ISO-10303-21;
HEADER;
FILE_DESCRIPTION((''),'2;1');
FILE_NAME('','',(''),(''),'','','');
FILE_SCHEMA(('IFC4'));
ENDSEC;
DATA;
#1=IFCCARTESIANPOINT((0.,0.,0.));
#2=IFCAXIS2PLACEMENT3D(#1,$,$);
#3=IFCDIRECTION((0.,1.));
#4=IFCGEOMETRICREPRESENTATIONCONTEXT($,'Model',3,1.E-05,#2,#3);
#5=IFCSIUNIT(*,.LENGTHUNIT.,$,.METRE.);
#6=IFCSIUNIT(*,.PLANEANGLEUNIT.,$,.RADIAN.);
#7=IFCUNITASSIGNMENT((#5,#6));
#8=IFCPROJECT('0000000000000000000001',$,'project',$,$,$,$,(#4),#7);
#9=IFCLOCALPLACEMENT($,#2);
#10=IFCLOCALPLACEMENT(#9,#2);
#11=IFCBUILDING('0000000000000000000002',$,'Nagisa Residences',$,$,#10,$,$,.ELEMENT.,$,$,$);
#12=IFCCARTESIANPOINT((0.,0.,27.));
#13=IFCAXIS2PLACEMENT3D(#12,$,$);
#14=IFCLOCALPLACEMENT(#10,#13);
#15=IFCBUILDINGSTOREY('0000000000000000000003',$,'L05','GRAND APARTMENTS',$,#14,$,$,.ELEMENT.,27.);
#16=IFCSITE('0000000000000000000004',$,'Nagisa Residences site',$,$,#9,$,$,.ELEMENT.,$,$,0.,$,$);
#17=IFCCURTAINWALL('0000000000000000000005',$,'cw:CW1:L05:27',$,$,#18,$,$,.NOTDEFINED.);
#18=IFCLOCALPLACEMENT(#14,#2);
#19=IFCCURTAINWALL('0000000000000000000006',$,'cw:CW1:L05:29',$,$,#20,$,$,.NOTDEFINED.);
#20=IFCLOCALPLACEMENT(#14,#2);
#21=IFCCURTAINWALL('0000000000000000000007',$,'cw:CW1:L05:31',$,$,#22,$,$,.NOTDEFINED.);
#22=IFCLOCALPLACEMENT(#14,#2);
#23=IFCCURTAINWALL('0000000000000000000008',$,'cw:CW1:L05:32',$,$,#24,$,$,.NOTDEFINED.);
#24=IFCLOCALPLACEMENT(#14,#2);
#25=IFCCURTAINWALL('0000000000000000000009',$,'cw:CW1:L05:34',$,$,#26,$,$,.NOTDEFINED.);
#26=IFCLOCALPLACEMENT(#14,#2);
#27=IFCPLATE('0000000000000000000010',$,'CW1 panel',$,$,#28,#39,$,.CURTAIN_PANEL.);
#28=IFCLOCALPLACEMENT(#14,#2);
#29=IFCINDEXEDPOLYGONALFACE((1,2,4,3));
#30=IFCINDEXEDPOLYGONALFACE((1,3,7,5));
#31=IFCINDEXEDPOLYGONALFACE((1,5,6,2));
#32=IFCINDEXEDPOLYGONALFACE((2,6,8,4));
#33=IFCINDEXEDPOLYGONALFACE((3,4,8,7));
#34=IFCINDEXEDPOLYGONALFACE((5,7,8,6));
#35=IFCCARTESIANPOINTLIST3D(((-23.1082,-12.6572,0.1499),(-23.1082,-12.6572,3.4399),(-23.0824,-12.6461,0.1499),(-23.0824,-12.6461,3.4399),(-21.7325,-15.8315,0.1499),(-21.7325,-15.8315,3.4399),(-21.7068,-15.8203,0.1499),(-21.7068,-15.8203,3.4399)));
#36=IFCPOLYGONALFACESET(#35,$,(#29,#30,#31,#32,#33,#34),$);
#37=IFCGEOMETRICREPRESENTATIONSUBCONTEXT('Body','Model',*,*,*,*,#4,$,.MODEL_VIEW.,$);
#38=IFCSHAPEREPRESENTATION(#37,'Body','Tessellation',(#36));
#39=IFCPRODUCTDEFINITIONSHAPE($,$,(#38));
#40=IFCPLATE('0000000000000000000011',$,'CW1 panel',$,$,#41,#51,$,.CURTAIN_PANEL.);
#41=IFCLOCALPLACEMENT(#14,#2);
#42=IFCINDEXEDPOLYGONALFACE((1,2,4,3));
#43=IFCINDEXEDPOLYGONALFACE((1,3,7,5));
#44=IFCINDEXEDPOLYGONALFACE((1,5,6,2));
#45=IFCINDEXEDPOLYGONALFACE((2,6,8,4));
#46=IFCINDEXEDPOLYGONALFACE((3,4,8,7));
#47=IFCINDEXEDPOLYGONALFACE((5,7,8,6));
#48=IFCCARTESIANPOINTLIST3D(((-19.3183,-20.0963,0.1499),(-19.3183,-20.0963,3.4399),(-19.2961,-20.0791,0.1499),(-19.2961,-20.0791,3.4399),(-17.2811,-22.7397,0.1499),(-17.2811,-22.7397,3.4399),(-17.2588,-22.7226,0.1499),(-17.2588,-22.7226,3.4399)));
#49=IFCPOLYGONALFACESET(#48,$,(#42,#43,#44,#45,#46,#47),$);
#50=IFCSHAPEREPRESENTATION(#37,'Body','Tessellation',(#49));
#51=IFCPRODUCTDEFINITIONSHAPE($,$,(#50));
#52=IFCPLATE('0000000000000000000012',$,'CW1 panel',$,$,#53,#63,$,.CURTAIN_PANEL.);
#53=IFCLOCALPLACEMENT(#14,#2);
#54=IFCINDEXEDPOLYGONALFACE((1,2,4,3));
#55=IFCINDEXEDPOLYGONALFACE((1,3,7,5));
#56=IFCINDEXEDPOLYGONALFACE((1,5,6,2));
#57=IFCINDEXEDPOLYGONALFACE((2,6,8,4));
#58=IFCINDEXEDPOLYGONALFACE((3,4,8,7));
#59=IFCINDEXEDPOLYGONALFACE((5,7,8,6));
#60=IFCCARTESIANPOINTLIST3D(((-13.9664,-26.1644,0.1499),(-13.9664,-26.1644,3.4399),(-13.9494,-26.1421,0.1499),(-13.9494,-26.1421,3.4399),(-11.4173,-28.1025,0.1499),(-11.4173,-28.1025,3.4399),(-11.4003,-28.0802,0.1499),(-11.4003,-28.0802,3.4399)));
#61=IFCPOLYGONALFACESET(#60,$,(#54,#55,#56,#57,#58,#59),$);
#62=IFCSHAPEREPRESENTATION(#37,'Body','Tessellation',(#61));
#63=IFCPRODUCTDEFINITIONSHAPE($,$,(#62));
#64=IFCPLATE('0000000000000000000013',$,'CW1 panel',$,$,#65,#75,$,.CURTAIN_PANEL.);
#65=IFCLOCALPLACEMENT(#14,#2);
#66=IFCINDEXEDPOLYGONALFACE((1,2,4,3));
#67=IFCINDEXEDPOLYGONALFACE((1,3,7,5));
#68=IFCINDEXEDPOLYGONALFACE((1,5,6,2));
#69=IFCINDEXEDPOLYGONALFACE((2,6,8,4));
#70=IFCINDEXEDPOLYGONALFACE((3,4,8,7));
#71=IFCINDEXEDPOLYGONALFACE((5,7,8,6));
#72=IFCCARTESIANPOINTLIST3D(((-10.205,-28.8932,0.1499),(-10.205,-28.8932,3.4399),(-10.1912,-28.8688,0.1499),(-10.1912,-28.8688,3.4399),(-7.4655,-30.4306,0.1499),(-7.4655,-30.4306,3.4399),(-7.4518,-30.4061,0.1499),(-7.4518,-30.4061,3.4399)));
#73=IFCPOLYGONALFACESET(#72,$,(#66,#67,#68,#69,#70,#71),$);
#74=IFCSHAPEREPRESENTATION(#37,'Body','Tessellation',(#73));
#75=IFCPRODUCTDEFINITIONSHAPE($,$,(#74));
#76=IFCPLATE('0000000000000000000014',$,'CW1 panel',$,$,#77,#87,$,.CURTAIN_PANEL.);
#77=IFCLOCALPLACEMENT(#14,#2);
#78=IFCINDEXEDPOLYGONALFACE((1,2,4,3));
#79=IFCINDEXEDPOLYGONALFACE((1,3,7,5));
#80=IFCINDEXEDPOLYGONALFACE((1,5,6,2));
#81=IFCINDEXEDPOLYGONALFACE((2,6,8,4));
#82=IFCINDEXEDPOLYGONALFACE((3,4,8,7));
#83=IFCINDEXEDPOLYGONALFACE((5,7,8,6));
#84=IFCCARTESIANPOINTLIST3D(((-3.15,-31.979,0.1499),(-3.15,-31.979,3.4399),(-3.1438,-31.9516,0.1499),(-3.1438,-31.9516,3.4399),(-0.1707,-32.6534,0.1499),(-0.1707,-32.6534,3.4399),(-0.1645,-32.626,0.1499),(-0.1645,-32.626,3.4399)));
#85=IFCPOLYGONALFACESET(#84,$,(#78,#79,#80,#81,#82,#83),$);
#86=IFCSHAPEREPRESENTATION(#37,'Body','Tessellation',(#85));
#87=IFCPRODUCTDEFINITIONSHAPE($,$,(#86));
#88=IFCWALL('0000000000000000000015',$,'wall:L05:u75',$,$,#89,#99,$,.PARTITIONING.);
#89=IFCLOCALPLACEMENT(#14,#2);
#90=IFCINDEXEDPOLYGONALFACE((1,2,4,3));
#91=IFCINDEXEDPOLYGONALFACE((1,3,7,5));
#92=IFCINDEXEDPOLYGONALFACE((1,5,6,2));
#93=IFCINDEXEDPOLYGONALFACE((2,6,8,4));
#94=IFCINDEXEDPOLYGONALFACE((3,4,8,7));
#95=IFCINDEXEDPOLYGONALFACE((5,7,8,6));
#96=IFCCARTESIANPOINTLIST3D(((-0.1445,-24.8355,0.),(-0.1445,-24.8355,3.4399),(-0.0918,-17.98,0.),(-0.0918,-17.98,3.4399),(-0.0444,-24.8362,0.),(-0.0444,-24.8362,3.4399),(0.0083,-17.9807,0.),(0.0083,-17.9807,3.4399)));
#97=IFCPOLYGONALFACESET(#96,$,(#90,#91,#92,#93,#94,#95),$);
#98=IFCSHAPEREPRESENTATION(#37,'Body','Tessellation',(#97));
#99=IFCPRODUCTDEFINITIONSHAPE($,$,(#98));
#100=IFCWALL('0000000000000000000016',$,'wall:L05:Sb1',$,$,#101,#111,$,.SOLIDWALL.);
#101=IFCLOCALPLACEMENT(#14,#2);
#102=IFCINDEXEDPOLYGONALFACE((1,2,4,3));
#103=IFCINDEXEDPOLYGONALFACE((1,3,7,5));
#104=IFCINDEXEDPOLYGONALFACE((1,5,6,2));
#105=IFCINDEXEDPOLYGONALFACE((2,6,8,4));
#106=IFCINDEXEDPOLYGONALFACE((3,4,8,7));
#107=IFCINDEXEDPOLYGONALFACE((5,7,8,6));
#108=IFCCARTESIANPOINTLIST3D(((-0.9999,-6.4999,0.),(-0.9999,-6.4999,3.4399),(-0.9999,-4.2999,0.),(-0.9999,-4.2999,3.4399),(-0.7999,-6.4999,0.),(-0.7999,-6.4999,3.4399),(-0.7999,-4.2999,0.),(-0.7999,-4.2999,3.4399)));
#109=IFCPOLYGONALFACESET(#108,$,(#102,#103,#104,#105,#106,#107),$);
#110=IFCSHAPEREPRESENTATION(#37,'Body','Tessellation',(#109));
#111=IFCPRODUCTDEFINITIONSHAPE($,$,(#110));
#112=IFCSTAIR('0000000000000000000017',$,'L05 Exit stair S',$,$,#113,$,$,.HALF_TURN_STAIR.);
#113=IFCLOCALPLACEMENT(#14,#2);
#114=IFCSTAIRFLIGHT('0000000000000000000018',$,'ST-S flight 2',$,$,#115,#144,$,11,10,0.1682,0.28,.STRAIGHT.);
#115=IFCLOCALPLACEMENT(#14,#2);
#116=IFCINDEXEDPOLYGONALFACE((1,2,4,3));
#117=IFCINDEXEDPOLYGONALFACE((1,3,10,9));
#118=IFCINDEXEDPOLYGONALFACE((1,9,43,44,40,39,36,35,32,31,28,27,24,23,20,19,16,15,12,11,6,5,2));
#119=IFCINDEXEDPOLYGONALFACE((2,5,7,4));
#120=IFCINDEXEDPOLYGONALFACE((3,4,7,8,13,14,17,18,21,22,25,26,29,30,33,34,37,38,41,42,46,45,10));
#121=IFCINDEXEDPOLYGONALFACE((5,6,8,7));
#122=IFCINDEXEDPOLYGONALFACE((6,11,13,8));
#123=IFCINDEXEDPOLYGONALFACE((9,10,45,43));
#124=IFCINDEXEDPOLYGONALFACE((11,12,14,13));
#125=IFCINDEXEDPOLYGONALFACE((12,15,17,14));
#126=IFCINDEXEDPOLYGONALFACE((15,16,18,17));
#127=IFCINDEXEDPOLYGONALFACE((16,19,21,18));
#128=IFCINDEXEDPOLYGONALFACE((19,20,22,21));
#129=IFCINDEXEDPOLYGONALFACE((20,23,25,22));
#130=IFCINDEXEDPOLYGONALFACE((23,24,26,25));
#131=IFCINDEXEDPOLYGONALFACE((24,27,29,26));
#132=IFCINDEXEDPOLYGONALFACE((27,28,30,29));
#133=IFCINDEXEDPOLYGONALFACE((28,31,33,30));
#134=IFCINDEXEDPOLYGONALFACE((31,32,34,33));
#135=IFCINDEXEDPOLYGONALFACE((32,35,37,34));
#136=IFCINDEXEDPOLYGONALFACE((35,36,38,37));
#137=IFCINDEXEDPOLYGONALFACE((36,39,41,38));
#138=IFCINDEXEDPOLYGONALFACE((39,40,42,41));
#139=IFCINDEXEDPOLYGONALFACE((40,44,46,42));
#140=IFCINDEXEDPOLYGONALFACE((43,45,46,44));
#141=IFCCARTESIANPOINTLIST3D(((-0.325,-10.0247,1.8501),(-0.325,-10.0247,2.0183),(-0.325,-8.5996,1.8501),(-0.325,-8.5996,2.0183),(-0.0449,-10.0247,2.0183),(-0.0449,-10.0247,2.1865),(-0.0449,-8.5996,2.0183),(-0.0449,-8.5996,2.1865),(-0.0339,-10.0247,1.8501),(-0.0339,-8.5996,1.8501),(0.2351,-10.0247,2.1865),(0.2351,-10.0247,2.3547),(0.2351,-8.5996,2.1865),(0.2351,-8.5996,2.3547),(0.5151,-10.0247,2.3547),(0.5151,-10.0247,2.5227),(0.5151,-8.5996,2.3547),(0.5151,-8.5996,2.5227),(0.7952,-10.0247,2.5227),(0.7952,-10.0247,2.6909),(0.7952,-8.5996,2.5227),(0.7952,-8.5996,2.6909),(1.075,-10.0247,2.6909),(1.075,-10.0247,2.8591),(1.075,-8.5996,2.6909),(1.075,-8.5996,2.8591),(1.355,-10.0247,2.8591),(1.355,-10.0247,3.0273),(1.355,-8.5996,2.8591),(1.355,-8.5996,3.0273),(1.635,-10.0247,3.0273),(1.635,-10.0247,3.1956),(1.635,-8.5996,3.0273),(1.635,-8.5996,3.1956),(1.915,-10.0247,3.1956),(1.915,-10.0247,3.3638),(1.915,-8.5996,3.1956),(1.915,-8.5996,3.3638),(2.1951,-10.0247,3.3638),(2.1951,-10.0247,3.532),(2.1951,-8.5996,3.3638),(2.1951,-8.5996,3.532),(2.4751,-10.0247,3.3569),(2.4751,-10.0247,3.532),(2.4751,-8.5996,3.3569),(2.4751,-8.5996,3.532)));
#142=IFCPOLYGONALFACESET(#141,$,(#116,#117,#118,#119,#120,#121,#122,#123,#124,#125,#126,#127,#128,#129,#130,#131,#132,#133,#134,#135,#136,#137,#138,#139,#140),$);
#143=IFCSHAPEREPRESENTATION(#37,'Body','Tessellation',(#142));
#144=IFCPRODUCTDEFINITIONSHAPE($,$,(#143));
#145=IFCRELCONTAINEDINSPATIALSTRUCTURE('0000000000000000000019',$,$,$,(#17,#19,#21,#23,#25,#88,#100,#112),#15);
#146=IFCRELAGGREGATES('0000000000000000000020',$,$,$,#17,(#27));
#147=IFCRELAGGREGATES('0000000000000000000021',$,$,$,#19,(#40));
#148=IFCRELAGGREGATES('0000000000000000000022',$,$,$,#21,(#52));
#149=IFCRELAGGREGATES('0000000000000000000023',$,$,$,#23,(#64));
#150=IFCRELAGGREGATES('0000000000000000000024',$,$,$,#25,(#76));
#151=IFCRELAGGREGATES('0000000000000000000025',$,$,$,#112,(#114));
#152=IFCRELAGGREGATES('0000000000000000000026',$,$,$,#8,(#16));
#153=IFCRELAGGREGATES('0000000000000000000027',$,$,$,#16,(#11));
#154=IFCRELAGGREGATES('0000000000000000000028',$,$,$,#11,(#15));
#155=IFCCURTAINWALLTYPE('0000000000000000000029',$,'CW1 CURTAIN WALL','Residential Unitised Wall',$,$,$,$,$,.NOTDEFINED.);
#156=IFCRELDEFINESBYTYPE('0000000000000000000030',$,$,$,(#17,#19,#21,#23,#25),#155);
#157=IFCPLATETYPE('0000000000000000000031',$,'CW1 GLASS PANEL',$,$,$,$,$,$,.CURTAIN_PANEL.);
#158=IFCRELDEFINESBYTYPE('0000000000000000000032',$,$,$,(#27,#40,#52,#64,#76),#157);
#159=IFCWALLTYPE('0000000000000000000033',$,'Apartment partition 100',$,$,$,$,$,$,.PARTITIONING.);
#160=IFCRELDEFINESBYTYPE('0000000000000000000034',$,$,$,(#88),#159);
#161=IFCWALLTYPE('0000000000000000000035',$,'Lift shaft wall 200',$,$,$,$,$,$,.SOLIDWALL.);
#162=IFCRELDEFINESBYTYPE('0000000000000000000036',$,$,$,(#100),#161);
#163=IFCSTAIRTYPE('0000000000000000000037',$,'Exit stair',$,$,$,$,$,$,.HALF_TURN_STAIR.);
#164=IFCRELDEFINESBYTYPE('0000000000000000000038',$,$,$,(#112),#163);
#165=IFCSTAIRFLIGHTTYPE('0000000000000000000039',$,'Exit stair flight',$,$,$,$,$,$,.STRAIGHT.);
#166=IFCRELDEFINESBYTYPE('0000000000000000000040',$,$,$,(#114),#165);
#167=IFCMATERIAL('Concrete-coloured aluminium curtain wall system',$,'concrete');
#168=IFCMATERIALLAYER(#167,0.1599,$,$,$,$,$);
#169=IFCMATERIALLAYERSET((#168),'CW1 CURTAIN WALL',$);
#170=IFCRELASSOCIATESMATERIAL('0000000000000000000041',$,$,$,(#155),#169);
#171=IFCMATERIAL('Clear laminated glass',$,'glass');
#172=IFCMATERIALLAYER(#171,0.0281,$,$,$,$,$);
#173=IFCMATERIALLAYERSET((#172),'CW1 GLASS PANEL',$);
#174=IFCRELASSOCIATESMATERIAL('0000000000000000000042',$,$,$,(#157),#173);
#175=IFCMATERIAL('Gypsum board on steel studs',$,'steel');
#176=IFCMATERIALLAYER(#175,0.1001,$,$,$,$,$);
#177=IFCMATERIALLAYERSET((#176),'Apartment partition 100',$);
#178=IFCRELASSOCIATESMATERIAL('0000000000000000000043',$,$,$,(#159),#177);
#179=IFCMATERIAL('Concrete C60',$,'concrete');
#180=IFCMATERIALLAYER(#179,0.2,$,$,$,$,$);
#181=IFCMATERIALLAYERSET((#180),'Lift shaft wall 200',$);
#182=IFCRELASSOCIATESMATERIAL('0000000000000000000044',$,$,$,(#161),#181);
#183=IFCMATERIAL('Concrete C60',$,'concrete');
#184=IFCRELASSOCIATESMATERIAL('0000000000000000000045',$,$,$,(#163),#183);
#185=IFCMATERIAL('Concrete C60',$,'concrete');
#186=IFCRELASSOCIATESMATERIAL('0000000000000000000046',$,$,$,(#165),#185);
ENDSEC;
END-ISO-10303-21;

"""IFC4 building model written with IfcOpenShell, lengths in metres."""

from ifc_helpers import new_model, si_unit, direction, frame, frame_2d, origin, origin_2d, place, context, subcontext, project, spatial, polyline, rectangle, outline, extrude, material, layer, layer_set, type_object, element, aggregate, save


model = new_model("IFC4")

# Units and contexts
model_context = context("Model", 3, precision=1e-05, world=origin(), true_north=direction((0.0, 1.0)))
body_context = subcontext(model_context, "Body", "Model", "MODEL_VIEW")
ifc_project = project(units=[si_unit("LENGTHUNIT", "METRE"), si_unit("PLANEANGLEUNIT", "RADIAN")], contexts=[model_context])

# Site, building, storey
site_placement = place(None, origin())
site = spatial("IfcSite", under=ifc_project, at=site_placement, Name="Nagisa Residences site", CompositionType="ELEMENT", RefElevation=0.0)
building_placement = place(site_placement, origin())
building = spatial("IfcBuilding", under=site, at=building_placement, Name="Nagisa Residences", CompositionType="ELEMENT")
storey_placement = place(building_placement, frame((0.0, 0.0, 27.0)))
storey = spatial("IfcBuildingStorey", under=building, at=storey_placement, Name="L05", Description="GRAND APARTMENTS", CompositionType="ELEMENT", Elevation=27.0)

# Curtain walls
ifc_material_1 = material(Name="Concrete-coloured aluminium curtain wall system", Category="concrete")
ifc_layer_1 = layer(ifc_material_1, 0.1599)
ifc_layer_set_1 = layer_set([ifc_layer_1], Name="CW1 CURTAIN WALL")
curtain_wall_type = type_object("IfcCurtainWallType", Name="CW1 CURTAIN WALL", Description="Residential Unitised Wall", PredefinedType="NOTDEFINED", material=ifc_layer_set_1)
curtain_wall_1_placement = place(storey_placement, origin())
curtain_wall_1 = element("IfcCurtainWall", 1, at=curtain_wall_1_placement, inside=storey, type_object=curtain_wall_type, Name="cw:CW1:L05:27", PredefinedType="NOTDEFINED")
curtain_wall_2_placement = place(storey_placement, origin())
curtain_wall_2 = element("IfcCurtainWall", 2, at=curtain_wall_2_placement, inside=storey, type_object=curtain_wall_type, Name="cw:CW1:L05:29", PredefinedType="NOTDEFINED")
curtain_wall_3_placement = place(storey_placement, origin())
curtain_wall_3 = element("IfcCurtainWall", 3, at=curtain_wall_3_placement, inside=storey, type_object=curtain_wall_type, Name="cw:CW1:L05:31", PredefinedType="NOTDEFINED")
curtain_wall_4_placement = place(storey_placement, origin())
curtain_wall_4 = element("IfcCurtainWall", 4, at=curtain_wall_4_placement, inside=storey, type_object=curtain_wall_type, Name="cw:CW1:L05:32", PredefinedType="NOTDEFINED")
curtain_wall_5_placement = place(storey_placement, origin())
curtain_wall_5 = element("IfcCurtainWall", 5, at=curtain_wall_5_placement, inside=storey, type_object=curtain_wall_type, Name="cw:CW1:L05:34", PredefinedType="NOTDEFINED")

# Plates
ifc_material_2 = material(Name="Clear laminated glass", Category="glass")
ifc_layer_2 = layer(ifc_material_2, 0.0281)
ifc_layer_set_2 = layer_set([ifc_layer_2], Name="CW1 GLASS PANEL")
plate_type = type_object("IfcPlateType", Name="CW1 GLASS PANEL", PredefinedType="CURTAIN_PANEL", material=ifc_layer_set_2)
plate_1_placement = place(storey_placement, frame((-22.4075, -14.2388, 0.1499), z_axis=(0.0, 0.0, 1.0), x_axis=(0.397636, -0.917543, 0.0)))
plate_1 = element("IfcPlate", 6, at=plate_1_placement, type_object=plate_type, Name="CW1 panel", PredefinedType="CURTAIN_PANEL", context=body_context, shape_type="SweptSolid", body=[
    extrude(rectangle(XDim=3.4595, YDim=0.0281, at=origin_2d()), origin(), (0.0, 0.0, 1.0), 3.29),
])
aggregate(curtain_wall_1, [plate_1])
plate_2_placement = place(storey_placement, frame((-18.2886, -21.4094, 0.1499), z_axis=(0.0, 0.0, 1.0), x_axis=(0.61043, -0.79207, 0.0)))
plate_2 = element("IfcPlate", 7, at=plate_2_placement, type_object=plate_type, Name="CW1 panel", PredefinedType="CURTAIN_PANEL", context=body_context, shape_type="SweptSolid", body=[
    extrude(rectangle(XDim=3.3374, YDim=0.0281, at=origin_2d()), origin(), (0.0, 0.0, 1.0), 3.29),
])
aggregate(curtain_wall_2, [plate_2])
plate_3_placement = place(storey_placement, frame((-12.6833, -27.1223, 0.1499), z_axis=(0.0, 0.0, 1.0), x_axis=(0.796031, -0.605255, 0.0)))
plate_3 = element("IfcPlate", 8, at=plate_3_placement, type_object=plate_type, Name="CW1 panel", PredefinedType="CURTAIN_PANEL", context=body_context, shape_type="SweptSolid", body=[
    extrude(rectangle(XDim=3.2021, YDim=0.0281, at=origin_2d()), origin(), (0.0, 0.0, 1.0), 3.29),
])
aggregate(curtain_wall_3, [plate_3])
plate_4_placement = place(storey_placement, frame((-8.8284, -29.6497, 0.1499), z_axis=(0.0, 0.0, 1.0), x_axis=(0.872072, -0.489377, 0.0)))
plate_4 = element("IfcPlate", 9, at=plate_4_placement, type_object=plate_type, Name="CW1 panel", PredefinedType="CURTAIN_PANEL", context=body_context, shape_type="SweptSolid", body=[
    extrude(rectangle(XDim=3.1414, YDim=0.0281, at=origin_2d()), origin(), (0.0, 0.0, 1.0), 3.29),
])
aggregate(curtain_wall_4, [plate_4])
plate_5_placement = place(storey_placement, frame((-1.6572, -32.3025, 0.1499), z_axis=(0.0, 0.0, 1.0), x_axis=(0.975327, -0.220764, 0.0)))
plate_5 = element("IfcPlate", 10, at=plate_5_placement, type_object=plate_type, Name="CW1 panel", PredefinedType="CURTAIN_PANEL", context=body_context, shape_type="SweptSolid", body=[
    extrude(rectangle(XDim=3.0547, YDim=0.0281, at=origin_2d()), origin(), (0.0, 0.0, 1.0), 3.29),
])
aggregate(curtain_wall_5, [plate_5])

# Walls
ifc_material_3 = material(Name="Gypsum board on steel studs", Category="steel")
ifc_layer_3 = layer(ifc_material_3, 0.1001)
ifc_layer_set_3 = layer_set([ifc_layer_3], Name="Apartment partition 100")
wall_type_1 = type_object("IfcWallType", Name="Apartment partition 100", PredefinedType="PARTITIONING", material=ifc_layer_set_3)
wall_1_placement = place(storey_placement, frame((-0.0417, -17.9805, 0.0), z_axis=(0.0, 0.0, 1.0), x_axis=(-0.007692, -0.99997, 0.0)))
element("IfcWall", 11, at=wall_1_placement, inside=storey, type_object=wall_type_1, Name="wall:L05:u75", PredefinedType="PARTITIONING", context=body_context, shape_type="SweptSolid", body=[
    extrude(rectangle(XDim=6.8557, YDim=0.1001, at=frame_2d((3.4277, 0.0))), origin(), (0.0, 0.0, 1.0), 3.4399),
])
ifc_material_4 = material(Name="Concrete C60", Category="concrete")
ifc_layer_4 = layer(ifc_material_4, 0.2)
ifc_layer_set_4 = layer_set([ifc_layer_4], Name="Lift shaft wall 200")
wall_type_2 = type_object("IfcWallType", Name="Lift shaft wall 200", PredefinedType="SOLIDWALL", material=ifc_layer_set_4)
wall_2_placement = place(storey_placement, frame((-0.8999, -6.5, 0.0), z_axis=(0.0, 0.0, 1.0), x_axis=(0.0, 1.0, 0.0)))
element("IfcWall", 12, at=wall_2_placement, inside=storey, type_object=wall_type_2, Name="wall:L05:Sb1", PredefinedType="SOLIDWALL", context=body_context, shape_type="SweptSolid", body=[
    extrude(rectangle(XDim=2.2, YDim=0.2, at=frame_2d((1.1001, 0.0))), origin(), (0.0, 0.0, 1.0), 3.4399),
])

# Stair, stair flight
ifc_material_5 = material(Name="Concrete C60", Category="concrete")
stair_type = type_object("IfcStairType", Name="Exit stair", PredefinedType="HALF_TURN_STAIR", material=ifc_material_5)
stair_placement = place(storey_placement, origin())
stair = element("IfcStair", 13, at=stair_placement, inside=storey, type_object=stair_type, Name="L05 Exit stair S", PredefinedType="HALF_TURN_STAIR")
ifc_material_6 = material(Name="Concrete C60", Category="concrete")
stair_flight_type = type_object("IfcStairFlightType", Name="Exit stair flight", PredefinedType="STRAIGHT", material=ifc_material_6)
stair_flight_placement = place(storey_placement, frame((-0.325, -9.312, 1.8501), z_axis=(0.0, 0.0, 1.0), x_axis=(1.0, 0.0, 0.0)))
stair_flight = element("IfcStairFlight", 14, at=stair_flight_placement, type_object=stair_flight_type, Name="ST-S flight 2", NumberOfRisers=11, NumberOfTreads=10, PredefinedType="STRAIGHT", RiserHeight=0.1682, TreadLength=0.28, context=body_context, shape_type="SweptSolid", body=[
    extrude(outline(polyline([(0.0, 0.0), (0.0, 0.1682), (0.28, 0.1682), (0.28, 0.3364), (0.5601, 0.3364), (0.5601, 0.5046), (0.8401, 0.5046), (0.8401, 0.6726), (1.1201, 0.6726), (1.1201, 0.8408), (1.3999, 0.8408), (1.3999, 1.009), (1.6799, 1.009), (1.6799, 1.1772), (1.96, 1.1772), (1.96, 1.3455), (2.24, 1.3455), (2.24, 1.5137), (2.52, 1.5137), (2.52, 1.6819), (2.8, 1.6819), (2.8, 1.8501), (2.8, 1.5068), (0.291, 0.0), (0.0, 0.0)])), frame((0.0, 0.7124, 0.0), z_axis=(0.0, -1.0, 0.0), x_axis=(1.0, 0.0, 0.0)), (0.0, 0.0, 1.0), 1.425),
])
aggregate(stair, [stair_flight])

save(model, "model.ifc")
